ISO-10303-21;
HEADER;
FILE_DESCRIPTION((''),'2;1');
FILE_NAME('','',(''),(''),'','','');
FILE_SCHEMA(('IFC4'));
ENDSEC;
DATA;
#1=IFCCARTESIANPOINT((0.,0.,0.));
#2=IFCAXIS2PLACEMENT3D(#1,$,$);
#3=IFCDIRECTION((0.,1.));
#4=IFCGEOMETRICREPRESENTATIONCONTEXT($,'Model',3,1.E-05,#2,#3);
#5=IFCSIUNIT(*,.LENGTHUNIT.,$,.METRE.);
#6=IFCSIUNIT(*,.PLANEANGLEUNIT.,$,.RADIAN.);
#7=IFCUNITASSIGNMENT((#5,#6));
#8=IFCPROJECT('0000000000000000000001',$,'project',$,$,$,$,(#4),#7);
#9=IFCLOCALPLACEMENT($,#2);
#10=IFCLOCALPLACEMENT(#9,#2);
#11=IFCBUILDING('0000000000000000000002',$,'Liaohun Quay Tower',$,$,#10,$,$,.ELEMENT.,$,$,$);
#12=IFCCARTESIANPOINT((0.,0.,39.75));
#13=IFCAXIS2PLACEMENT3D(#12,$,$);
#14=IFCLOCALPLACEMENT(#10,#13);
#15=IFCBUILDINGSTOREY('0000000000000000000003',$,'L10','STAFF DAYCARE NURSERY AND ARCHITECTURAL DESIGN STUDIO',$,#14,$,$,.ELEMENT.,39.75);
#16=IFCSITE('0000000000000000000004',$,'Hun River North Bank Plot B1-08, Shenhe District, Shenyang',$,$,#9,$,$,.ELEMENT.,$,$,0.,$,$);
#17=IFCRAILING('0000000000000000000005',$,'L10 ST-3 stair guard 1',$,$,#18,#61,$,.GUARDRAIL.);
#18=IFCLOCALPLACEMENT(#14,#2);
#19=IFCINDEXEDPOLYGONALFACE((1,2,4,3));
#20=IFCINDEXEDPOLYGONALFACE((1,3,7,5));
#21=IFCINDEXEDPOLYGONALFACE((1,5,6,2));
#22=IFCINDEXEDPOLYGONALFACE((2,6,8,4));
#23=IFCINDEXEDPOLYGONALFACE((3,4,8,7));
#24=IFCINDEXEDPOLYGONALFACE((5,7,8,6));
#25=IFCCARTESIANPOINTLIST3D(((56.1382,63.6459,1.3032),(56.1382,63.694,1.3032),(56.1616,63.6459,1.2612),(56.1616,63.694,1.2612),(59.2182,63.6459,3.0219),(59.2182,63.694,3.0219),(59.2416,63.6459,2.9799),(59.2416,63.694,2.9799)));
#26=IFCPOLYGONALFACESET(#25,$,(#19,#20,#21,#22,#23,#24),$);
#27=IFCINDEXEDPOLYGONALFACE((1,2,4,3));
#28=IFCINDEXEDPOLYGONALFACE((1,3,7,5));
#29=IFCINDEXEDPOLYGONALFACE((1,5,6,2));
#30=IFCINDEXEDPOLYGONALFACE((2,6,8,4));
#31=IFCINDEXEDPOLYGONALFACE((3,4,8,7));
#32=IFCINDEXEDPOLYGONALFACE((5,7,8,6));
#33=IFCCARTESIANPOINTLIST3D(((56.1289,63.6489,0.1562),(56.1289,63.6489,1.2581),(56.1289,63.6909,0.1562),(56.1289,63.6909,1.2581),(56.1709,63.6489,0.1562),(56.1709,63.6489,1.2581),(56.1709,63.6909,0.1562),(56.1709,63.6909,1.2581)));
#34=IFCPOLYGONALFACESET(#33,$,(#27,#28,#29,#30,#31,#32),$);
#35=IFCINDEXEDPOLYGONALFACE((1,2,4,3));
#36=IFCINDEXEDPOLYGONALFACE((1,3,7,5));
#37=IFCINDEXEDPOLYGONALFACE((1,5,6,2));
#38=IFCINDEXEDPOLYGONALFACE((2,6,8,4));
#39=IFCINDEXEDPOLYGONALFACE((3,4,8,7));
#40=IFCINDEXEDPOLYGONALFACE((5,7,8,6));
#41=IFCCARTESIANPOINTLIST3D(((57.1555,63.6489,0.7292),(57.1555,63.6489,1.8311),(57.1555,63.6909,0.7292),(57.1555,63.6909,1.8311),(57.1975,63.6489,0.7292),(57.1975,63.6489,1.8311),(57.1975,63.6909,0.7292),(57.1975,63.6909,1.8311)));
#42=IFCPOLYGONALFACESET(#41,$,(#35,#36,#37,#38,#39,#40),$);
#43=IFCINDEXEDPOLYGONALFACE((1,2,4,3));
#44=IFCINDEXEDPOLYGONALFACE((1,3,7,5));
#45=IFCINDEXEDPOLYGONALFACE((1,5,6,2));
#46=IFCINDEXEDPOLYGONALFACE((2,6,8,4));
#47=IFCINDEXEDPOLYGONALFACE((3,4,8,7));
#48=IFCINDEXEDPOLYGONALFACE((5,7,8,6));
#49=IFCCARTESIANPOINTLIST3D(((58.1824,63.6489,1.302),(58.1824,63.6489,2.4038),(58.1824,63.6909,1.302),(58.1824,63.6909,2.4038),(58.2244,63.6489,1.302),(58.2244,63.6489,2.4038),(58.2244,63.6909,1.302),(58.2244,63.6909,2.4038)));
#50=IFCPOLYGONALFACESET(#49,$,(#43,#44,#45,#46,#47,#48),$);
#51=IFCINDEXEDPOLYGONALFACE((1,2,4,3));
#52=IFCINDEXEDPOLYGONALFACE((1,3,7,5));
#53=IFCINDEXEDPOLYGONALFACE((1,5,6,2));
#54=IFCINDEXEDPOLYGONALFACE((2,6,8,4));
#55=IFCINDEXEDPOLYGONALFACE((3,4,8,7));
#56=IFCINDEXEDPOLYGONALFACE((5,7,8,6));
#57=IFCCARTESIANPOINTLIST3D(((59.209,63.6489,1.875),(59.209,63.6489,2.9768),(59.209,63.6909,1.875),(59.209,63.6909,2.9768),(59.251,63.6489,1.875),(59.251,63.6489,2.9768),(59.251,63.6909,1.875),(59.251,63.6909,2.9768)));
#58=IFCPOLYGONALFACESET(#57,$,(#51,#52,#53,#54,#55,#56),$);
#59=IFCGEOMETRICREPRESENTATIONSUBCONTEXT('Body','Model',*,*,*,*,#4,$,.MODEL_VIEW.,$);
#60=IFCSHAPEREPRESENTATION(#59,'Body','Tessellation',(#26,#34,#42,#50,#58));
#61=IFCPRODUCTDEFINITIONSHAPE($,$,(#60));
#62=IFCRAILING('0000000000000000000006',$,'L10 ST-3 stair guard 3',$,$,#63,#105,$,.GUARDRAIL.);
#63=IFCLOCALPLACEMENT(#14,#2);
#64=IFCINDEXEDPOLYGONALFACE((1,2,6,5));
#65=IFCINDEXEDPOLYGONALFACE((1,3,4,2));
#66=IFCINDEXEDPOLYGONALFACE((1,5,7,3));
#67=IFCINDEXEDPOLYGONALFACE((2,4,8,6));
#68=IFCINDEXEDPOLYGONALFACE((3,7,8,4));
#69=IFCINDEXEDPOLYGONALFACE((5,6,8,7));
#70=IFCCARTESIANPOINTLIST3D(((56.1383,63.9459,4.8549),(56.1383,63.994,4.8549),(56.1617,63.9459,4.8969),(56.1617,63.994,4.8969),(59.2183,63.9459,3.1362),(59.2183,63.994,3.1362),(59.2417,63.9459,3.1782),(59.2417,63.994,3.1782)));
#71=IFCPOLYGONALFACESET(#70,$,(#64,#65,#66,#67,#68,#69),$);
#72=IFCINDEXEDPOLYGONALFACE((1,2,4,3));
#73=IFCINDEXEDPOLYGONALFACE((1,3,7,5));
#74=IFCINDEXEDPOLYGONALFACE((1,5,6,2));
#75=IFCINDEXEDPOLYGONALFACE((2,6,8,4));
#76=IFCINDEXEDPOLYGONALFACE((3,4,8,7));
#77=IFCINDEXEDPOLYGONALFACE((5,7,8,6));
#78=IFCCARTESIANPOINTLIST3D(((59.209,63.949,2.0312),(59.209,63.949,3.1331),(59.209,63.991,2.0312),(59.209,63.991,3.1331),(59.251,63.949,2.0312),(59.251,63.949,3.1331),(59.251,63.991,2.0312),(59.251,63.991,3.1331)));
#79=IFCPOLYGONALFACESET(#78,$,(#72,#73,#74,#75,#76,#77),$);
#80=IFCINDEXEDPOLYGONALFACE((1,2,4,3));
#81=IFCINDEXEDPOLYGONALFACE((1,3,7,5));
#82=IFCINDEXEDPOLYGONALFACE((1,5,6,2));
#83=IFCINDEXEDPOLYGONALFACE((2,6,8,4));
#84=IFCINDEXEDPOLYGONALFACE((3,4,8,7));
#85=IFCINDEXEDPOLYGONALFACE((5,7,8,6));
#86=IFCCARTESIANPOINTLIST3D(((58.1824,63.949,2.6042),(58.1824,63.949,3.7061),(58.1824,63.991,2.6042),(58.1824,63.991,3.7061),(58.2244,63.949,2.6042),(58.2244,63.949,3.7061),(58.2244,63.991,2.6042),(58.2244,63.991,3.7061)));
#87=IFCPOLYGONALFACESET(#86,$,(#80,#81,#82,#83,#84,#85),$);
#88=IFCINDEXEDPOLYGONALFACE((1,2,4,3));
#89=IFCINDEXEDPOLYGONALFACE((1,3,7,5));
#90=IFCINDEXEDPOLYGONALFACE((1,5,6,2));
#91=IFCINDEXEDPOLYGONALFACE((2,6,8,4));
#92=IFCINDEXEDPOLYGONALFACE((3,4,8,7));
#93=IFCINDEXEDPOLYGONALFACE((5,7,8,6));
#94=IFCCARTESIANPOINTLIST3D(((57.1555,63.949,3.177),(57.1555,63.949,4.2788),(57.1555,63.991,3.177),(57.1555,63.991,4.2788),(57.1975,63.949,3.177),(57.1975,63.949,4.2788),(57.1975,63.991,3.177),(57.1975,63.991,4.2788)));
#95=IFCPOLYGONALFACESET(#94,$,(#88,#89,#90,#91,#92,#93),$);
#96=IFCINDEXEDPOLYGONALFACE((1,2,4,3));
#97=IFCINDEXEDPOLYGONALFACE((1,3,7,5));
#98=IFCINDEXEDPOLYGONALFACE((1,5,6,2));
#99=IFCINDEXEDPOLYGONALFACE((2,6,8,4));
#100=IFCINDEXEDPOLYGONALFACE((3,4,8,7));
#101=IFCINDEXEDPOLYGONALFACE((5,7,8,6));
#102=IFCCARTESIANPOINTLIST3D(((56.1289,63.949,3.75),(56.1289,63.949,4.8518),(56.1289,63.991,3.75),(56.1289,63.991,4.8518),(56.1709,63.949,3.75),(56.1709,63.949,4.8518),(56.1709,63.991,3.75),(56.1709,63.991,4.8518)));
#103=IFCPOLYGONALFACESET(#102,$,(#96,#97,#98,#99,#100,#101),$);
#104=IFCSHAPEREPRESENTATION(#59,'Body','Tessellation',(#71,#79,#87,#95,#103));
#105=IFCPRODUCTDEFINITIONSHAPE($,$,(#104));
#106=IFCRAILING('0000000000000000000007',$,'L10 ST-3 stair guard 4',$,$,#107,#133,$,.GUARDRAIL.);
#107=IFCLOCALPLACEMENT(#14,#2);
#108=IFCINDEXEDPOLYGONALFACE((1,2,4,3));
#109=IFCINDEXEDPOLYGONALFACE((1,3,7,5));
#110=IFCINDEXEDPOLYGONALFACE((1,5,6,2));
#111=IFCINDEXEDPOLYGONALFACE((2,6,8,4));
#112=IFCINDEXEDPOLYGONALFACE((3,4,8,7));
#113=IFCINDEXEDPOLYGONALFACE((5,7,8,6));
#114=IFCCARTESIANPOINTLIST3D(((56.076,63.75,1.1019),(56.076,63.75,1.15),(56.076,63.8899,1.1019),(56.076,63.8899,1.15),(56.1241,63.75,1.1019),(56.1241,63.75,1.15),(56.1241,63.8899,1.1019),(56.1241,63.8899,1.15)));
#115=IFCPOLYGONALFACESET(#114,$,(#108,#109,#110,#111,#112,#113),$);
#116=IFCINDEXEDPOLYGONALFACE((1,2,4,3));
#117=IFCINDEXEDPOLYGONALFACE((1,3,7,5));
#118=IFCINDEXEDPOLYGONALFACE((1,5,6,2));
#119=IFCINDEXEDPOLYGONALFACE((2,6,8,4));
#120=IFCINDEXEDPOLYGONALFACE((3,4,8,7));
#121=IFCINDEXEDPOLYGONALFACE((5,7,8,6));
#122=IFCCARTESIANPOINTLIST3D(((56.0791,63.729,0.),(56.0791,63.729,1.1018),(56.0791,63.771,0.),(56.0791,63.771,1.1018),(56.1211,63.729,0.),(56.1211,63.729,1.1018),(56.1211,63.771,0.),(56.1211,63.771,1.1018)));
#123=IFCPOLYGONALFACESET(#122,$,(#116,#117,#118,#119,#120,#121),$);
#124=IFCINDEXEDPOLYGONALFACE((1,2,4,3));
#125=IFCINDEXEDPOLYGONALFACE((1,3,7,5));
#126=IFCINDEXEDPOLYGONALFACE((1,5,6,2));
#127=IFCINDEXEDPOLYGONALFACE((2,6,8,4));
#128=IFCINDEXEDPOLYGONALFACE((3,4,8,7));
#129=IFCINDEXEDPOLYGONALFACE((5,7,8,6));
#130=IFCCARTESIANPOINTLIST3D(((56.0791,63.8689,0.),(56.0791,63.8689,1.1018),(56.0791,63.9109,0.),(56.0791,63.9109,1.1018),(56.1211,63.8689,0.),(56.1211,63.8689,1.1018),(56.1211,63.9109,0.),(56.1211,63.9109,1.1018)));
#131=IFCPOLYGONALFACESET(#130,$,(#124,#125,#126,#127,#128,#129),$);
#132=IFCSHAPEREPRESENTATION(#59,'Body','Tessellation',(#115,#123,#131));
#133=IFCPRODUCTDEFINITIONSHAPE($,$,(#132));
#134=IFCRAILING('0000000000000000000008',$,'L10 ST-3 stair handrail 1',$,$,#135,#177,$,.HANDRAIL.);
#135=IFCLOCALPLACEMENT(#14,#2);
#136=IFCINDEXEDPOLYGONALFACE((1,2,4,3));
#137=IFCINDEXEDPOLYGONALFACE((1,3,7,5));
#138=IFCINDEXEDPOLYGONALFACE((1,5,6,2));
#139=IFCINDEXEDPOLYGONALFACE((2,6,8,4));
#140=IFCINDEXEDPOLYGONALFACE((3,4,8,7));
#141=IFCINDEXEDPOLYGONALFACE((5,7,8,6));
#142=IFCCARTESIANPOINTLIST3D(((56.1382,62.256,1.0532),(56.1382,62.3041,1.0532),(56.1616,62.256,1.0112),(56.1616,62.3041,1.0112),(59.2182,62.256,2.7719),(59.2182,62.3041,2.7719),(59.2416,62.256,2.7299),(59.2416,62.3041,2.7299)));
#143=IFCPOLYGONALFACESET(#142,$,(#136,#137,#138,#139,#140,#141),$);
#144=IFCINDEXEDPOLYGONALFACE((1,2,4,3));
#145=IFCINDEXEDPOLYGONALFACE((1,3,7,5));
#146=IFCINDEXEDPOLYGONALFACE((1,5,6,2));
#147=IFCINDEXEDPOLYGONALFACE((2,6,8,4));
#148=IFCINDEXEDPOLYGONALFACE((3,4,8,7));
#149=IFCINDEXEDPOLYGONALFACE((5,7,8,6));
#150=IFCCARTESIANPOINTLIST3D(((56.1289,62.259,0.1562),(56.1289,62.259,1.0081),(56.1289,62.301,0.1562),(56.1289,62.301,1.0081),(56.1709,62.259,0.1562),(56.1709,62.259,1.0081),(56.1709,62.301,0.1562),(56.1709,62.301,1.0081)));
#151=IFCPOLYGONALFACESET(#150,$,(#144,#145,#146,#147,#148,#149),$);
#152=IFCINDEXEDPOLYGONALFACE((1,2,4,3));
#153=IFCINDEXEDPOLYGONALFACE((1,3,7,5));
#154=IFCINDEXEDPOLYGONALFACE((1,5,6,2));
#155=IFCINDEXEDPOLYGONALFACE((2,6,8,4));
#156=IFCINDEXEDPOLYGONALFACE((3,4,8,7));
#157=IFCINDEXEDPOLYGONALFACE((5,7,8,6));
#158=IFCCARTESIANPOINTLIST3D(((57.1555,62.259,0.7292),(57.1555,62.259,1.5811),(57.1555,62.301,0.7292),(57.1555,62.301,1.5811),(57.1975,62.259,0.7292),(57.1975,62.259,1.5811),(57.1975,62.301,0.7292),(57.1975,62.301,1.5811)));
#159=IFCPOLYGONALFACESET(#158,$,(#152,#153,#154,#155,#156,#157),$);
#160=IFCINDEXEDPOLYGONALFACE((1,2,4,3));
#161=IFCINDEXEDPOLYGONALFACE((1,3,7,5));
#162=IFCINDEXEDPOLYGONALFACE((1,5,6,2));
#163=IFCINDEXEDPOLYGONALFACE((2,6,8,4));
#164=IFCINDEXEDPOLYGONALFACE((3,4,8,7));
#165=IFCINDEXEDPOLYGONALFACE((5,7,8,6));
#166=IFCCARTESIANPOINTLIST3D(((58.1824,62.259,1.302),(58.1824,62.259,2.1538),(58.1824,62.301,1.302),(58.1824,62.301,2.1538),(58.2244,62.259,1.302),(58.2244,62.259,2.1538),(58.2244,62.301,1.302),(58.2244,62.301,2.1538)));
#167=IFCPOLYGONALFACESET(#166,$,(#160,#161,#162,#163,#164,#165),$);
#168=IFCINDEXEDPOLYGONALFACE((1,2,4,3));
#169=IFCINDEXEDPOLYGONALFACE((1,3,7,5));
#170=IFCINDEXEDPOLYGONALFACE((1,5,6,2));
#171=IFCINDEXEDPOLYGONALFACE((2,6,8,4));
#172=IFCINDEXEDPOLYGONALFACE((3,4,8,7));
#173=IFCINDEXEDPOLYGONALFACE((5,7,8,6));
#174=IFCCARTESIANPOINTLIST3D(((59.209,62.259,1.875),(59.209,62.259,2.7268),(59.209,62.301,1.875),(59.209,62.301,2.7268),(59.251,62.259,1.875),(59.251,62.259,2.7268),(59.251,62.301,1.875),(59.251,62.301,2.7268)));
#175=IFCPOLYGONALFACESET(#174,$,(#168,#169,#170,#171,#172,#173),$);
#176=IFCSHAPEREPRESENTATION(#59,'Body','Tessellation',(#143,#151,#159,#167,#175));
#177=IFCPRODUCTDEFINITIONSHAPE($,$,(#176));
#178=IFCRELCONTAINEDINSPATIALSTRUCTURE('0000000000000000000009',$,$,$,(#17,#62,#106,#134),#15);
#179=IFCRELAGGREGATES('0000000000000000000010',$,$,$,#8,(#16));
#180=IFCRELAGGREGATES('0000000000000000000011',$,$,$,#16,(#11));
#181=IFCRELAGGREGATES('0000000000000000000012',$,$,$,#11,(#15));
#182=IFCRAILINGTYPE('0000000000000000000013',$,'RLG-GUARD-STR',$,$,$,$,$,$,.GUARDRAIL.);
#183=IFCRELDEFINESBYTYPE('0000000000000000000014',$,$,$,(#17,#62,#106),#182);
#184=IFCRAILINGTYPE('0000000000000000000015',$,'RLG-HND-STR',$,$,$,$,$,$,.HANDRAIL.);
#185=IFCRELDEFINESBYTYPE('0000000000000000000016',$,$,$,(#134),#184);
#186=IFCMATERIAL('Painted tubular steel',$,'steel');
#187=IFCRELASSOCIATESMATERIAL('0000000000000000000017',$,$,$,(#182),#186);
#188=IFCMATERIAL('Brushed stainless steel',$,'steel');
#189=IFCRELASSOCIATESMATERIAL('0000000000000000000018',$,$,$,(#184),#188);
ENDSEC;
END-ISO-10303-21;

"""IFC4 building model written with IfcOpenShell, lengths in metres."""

from ifc_helpers import new_model, si_unit, direction, frame, origin, origin_2d, place, context, subcontext, project, spatial, rectangle, extrude, material, type_object, element, save


model = new_model("IFC4")

# Units and contexts
model_context = context("Model", 3, precision=1e-05, world=origin(), true_north=direction((0.0, 1.0)))
body_context = subcontext(model_context, "Body", "Model", "MODEL_VIEW")
ifc_project = project(units=[si_unit("LENGTHUNIT", "METRE"), si_unit("PLANEANGLEUNIT", "RADIAN")], contexts=[model_context])

# Site, building, storey
site_placement = place(None, origin())
site = spatial("IfcSite", under=ifc_project, at=site_placement, Name="Hun River North Bank Plot B1-08, Shenhe District, Shenyang", CompositionType="ELEMENT", RefElevation=0.0)
building_placement = place(site_placement, origin())
building = spatial("IfcBuilding", under=site, at=building_placement, Name="Liaohun Quay Tower", CompositionType="ELEMENT")
storey_placement = place(building_placement, frame((0.0, 0.0, 39.75)))
storey = spatial("IfcBuildingStorey", under=building, at=storey_placement, Name="L10", Description="STAFF DAYCARE NURSERY AND ARCHITECTURAL DESIGN STUDIO", CompositionType="ELEMENT", Elevation=39.75)

# Railings
ifc_material_1 = material(Name="Painted tubular steel", Category="steel")
railing_type_1 = type_object("IfcRailingType", Name="RLG-GUARD-STR", PredefinedType="GUARDRAIL", material=ifc_material_1)
railing_1_placement = place(storey_placement, frame((56.1499, 63.6699, 0.1562)))
element("IfcRailing", 1, at=railing_1_placement, inside=storey, type_object=railing_type_1, Name="L10 ST-3 stair guard 1", PredefinedType="GUARDRAIL", context=body_context, shape_type="SweptSolid", body=[
    extrude(rectangle(XDim=0.0481, YDim=0.0481, at=origin_2d()), frame((0.0, 0.0, 1.126), z_axis=(0.873242, 0.0, 0.487288), x_axis=(0.0, 1.0, 0.0)), (0.0, 0.0, 1.0), 3.5271),
    extrude(rectangle(XDim=0.042, YDim=0.042, at=origin_2d()), origin(), (0.0, 0.0, 1.0), 1.1018),
    extrude(rectangle(XDim=0.042, YDim=0.042, at=origin_2d()), frame((1.0266, 0.0, 0.573)), (0.0, 0.0, 1.0), 1.1018),
    extrude(rectangle(XDim=0.042, YDim=0.042, at=origin_2d()), frame((2.0535, 0.0, 1.1458)), (0.0, 0.0, 1.0), 1.1018),
    extrude(rectangle(XDim=0.042, YDim=0.042, at=origin_2d()), frame((3.0801, 0.0, 1.7188)), (0.0, 0.0, 1.0), 1.1018),
])
railing_2_placement = place(storey_placement, frame((59.23, 63.97, 2.0312)))
element("IfcRailing", 2, at=railing_2_placement, inside=storey, type_object=railing_type_1, Name="L10 ST-3 stair guard 3", PredefinedType="GUARDRAIL", context=body_context, shape_type="SweptSolid", body=[
    extrude(rectangle(XDim=0.0481, YDim=0.0481, at=origin_2d()), frame((0.0, 0.0, 1.126), z_axis=(-0.873242, 0.0, 0.487288), x_axis=(0.0, -1.0, 0.0)), (0.0, 0.0, 1.0), 3.5271),
    extrude(rectangle(XDim=0.042, YDim=0.042, at=origin_2d()), origin(), (0.0, 0.0, 1.0), 1.1018),
    extrude(rectangle(XDim=0.042, YDim=0.042, at=origin_2d()), frame((-1.0266, 0.0, 0.573)), (0.0, 0.0, 1.0), 1.1018),
    extrude(rectangle(XDim=0.042, YDim=0.042, at=origin_2d()), frame((-2.0535, 0.0, 1.1458)), (0.0, 0.0, 1.0), 1.1018),
    extrude(rectangle(XDim=0.042, YDim=0.042, at=origin_2d()), frame((-3.0801, 0.0, 1.7188)), (0.0, 0.0, 1.0), 1.1018),
])
railing_3_placement = place(storey_placement, frame((56.1001, 63.75, 0.0)))
element("IfcRailing", 3, at=railing_3_placement, inside=storey, type_object=railing_type_1, Name="L10 ST-3 stair guard 4", PredefinedType="GUARDRAIL", context=body_context, shape_type="SweptSolid", body=[
    extrude(rectangle(XDim=0.0481, YDim=0.0481, at=origin_2d()), frame((0.0, 0.0, 1.126), z_axis=(0.0, 1.0, 0.0), x_axis=(-1.0, 0.0, 0.0)), (0.0, 0.0, 1.0), 0.1399),
    extrude(rectangle(XDim=0.042, YDim=0.042, at=origin_2d()), origin(), (0.0, 0.0, 1.0), 1.1018),
    extrude(rectangle(XDim=0.042, YDim=0.042, at=origin_2d()), frame((0.0, 0.1399, 0.0)), (0.0, 0.0, 1.0), 1.1018),
])
ifc_material_2 = material(Name="Brushed stainless steel", Category="steel")
railing_type_2 = type_object("IfcRailingType", Name="RLG-HND-STR", PredefinedType="HANDRAIL", material=ifc_material_2)
railing_4_placement = place(storey_placement, frame((56.1499, 62.28, 0.1562)))
element("IfcRailing", 4, at=railing_4_placement, inside=storey, type_object=railing_type_2, Name="L10 ST-3 stair handrail 1", PredefinedType="HANDRAIL", context=body_context, shape_type="SweptSolid", body=[
    extrude(rectangle(XDim=0.0481, YDim=0.0481, at=origin_2d()), frame((0.0, 0.0, 0.876), z_axis=(0.873242, 0.0, 0.487288), x_axis=(0.0, 1.0, 0.0)), (0.0, 0.0, 1.0), 3.5271),
    extrude(rectangle(XDim=0.042, YDim=0.042, at=origin_2d()), origin(), (0.0, 0.0, 1.0), 0.8518),
    extrude(rectangle(XDim=0.042, YDim=0.042, at=origin_2d()), frame((1.0266, 0.0, 0.573)), (0.0, 0.0, 1.0), 0.8518),
    extrude(rectangle(XDim=0.042, YDim=0.042, at=origin_2d()), frame((2.0535, 0.0, 1.1458)), (0.0, 0.0, 1.0), 0.8518),
    extrude(rectangle(XDim=0.042, YDim=0.042, at=origin_2d()), frame((3.0801, 0.0, 1.7188)), (0.0, 0.0, 1.0), 0.8518),
])

save(model, "model.ifc")
